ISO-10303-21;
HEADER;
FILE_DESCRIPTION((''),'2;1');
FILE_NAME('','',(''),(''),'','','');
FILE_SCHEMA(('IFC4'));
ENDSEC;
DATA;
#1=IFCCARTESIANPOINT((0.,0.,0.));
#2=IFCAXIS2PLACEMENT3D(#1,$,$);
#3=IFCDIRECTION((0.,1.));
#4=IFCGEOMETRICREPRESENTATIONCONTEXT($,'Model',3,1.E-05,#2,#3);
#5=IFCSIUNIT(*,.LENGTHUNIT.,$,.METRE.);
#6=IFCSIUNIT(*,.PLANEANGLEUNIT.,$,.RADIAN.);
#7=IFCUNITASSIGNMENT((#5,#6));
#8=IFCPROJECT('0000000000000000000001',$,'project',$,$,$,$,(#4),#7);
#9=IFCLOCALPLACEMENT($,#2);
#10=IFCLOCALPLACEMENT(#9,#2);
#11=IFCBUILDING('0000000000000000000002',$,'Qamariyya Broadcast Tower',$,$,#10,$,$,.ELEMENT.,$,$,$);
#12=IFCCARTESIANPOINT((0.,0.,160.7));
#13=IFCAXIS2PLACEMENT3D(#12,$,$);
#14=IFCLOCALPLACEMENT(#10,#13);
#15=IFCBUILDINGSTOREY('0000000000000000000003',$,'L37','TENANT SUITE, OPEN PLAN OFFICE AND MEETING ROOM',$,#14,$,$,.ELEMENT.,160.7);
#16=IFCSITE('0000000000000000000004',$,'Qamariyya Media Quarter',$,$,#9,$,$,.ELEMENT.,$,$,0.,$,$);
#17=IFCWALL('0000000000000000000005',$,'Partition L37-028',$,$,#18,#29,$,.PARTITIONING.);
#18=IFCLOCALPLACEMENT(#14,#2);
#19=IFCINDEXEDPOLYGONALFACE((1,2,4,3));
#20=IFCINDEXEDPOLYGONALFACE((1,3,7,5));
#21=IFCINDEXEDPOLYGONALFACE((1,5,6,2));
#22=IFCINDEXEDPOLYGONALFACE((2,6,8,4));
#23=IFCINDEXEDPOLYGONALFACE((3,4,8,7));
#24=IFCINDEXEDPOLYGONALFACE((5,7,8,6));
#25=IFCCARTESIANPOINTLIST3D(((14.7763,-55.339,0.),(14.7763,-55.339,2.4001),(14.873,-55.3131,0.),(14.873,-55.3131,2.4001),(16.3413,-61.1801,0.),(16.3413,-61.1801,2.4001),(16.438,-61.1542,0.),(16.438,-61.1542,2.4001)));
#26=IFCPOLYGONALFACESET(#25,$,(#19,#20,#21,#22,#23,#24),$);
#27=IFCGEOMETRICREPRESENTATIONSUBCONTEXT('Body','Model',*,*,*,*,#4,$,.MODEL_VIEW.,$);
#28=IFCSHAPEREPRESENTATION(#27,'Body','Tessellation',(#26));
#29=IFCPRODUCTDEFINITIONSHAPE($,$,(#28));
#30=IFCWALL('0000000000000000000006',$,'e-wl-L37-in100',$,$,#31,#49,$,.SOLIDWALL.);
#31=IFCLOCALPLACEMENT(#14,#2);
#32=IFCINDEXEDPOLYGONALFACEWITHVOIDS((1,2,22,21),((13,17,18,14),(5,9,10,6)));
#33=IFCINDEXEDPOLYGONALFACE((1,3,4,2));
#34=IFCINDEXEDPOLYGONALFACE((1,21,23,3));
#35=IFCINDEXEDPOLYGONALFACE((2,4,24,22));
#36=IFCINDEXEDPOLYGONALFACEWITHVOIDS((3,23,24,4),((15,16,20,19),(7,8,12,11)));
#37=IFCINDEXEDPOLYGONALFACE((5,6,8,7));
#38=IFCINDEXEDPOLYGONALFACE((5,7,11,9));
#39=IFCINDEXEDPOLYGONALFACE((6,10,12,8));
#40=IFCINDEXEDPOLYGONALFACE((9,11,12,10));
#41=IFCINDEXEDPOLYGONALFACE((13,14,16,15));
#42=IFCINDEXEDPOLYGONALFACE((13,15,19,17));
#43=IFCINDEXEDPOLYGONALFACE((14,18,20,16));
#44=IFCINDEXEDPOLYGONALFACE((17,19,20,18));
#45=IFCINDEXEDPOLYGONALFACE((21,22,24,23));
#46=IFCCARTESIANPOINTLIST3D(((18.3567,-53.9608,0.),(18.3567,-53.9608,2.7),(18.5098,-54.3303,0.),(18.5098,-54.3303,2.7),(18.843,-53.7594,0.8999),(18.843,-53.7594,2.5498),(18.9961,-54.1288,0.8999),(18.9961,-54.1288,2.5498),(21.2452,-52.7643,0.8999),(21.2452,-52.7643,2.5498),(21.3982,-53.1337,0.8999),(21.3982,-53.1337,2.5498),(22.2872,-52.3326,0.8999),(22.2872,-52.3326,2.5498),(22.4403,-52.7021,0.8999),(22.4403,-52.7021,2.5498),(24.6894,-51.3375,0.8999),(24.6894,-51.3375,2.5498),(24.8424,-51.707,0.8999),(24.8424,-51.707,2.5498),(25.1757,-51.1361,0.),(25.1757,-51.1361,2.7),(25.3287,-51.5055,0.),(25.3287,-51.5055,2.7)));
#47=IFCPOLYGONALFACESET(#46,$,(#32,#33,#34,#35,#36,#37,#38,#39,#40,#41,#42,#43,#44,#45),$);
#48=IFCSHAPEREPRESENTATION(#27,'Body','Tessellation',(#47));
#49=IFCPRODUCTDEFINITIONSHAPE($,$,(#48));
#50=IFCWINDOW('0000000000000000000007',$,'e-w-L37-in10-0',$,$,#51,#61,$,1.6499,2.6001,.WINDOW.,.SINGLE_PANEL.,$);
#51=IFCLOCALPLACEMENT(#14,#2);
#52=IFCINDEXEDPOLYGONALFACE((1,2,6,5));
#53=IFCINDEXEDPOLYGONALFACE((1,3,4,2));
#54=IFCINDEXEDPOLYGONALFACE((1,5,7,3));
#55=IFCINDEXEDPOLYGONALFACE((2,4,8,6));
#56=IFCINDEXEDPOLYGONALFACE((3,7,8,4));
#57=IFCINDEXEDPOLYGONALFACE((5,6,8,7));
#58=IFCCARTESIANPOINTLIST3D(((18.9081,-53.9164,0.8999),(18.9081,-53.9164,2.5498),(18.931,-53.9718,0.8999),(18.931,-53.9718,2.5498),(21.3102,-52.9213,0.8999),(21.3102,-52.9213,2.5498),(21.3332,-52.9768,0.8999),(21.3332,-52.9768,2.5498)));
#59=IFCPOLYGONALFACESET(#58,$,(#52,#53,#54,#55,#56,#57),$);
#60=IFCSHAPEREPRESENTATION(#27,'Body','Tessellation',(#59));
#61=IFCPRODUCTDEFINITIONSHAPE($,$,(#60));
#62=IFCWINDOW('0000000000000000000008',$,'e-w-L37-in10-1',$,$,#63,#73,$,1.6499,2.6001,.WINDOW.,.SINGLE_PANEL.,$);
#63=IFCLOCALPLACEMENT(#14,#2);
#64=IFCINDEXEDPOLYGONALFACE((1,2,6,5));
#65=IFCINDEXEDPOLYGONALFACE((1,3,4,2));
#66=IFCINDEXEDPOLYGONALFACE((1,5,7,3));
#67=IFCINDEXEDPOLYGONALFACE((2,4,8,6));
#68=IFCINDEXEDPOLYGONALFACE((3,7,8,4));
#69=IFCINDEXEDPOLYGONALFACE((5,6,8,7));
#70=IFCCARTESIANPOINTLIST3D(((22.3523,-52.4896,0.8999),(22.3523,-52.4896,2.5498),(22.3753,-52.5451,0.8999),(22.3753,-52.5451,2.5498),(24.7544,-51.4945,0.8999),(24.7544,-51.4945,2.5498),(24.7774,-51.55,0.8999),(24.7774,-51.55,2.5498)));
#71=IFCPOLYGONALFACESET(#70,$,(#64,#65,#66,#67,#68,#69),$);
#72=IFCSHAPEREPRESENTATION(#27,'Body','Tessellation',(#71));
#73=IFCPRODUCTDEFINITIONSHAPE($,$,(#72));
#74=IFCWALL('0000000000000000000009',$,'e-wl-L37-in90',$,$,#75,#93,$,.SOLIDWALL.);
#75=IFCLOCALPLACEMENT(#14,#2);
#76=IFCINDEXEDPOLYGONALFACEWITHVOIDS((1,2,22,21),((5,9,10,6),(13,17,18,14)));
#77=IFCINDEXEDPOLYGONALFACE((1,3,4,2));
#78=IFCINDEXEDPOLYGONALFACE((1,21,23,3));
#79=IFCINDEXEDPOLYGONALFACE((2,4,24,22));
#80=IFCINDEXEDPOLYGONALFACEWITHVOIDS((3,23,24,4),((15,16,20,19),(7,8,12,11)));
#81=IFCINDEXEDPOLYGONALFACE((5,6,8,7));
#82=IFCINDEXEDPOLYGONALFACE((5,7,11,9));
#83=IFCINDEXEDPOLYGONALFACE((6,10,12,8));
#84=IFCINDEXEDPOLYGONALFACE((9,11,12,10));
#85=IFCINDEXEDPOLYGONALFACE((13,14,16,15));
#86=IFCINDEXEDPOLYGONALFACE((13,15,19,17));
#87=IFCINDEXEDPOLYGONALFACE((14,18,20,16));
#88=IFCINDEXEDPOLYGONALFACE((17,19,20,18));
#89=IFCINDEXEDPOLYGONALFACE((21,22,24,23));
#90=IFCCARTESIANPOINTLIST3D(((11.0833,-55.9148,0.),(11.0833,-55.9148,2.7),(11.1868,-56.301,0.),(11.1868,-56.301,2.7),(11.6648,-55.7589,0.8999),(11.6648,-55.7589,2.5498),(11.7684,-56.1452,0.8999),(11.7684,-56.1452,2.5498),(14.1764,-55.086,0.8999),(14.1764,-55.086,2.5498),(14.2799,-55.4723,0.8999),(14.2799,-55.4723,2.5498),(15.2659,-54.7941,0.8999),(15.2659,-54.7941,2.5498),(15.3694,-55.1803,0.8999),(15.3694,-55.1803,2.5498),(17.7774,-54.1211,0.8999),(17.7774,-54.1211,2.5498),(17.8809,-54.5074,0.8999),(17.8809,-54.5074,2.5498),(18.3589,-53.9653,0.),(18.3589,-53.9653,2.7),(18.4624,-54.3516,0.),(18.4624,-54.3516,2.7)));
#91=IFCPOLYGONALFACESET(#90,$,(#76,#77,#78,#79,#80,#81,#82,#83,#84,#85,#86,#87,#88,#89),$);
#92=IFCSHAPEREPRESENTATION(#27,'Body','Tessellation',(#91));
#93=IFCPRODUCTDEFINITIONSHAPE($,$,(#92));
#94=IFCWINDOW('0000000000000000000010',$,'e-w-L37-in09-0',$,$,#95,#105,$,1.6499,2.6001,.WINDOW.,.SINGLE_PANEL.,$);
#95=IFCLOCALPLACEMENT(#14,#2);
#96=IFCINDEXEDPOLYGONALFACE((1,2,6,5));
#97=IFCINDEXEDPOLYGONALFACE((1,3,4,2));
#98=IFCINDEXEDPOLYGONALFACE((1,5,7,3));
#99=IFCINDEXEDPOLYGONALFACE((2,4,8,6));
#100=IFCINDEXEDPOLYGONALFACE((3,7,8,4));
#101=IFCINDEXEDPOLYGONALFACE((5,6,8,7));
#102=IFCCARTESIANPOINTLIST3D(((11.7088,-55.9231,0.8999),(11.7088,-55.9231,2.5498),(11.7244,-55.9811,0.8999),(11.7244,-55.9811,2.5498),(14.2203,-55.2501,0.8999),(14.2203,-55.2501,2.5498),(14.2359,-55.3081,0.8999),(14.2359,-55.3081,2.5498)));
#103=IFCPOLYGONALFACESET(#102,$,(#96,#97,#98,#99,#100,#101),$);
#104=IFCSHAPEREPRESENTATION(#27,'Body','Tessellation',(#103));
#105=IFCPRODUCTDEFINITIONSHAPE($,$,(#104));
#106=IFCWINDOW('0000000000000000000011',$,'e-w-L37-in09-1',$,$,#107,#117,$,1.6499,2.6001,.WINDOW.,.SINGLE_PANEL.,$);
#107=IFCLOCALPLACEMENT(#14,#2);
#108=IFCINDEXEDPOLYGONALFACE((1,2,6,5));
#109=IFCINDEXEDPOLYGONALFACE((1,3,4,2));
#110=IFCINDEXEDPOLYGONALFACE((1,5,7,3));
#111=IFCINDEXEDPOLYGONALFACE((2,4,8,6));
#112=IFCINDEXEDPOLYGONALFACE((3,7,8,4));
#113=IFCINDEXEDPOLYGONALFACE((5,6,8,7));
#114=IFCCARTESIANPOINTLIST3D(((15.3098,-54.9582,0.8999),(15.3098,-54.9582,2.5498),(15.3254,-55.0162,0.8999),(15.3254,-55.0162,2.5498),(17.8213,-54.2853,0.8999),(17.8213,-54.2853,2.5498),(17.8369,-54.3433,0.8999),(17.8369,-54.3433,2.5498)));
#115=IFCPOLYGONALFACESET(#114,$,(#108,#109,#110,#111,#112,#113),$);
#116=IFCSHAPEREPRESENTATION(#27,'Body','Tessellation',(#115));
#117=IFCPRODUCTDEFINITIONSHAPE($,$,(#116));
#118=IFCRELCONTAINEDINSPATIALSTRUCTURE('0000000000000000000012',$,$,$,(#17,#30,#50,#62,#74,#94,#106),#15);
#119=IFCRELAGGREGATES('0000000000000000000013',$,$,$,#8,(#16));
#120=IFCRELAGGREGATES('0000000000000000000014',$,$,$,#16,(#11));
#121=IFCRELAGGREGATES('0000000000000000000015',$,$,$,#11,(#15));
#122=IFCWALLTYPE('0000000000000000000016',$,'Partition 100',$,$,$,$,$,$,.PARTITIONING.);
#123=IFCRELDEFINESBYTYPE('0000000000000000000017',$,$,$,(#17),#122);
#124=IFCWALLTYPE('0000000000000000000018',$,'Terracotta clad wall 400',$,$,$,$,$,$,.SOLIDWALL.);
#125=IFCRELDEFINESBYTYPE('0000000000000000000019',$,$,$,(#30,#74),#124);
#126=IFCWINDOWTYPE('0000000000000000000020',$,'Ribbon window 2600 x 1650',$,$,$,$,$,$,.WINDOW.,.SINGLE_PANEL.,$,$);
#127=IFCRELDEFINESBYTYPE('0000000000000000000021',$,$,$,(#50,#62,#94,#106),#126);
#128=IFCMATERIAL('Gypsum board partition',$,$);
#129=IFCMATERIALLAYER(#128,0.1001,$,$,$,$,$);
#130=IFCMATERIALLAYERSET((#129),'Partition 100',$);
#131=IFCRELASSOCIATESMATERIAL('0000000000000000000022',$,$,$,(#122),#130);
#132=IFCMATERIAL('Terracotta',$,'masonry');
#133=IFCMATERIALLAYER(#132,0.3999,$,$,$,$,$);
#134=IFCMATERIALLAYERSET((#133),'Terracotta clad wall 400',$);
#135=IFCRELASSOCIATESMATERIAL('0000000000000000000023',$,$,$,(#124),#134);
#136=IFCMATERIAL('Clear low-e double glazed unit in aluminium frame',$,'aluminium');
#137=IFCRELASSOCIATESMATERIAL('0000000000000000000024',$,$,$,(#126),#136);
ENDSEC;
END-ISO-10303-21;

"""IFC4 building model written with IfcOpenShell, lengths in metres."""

from ifc_helpers import new_model, si_unit, direction, frame, frame_2d, origin, place, context, subcontext, project, spatial, rectangle, extrude, material, layer, layer_set, type_object, element, fill, save


model = new_model("IFC4")

# Units and contexts
model_context = context("Model", 3, precision=1e-05, world=origin(), true_north=direction((0.0, 1.0)))
body_context = subcontext(model_context, "Body", "Model", "MODEL_VIEW")
ifc_project = project(units=[si_unit("LENGTHUNIT", "METRE"), si_unit("PLANEANGLEUNIT", "RADIAN")], contexts=[model_context])

# Site, building, storey
site_placement = place(None, origin())
site = spatial("IfcSite", under=ifc_project, at=site_placement, Name="Qamariyya Media Quarter", CompositionType="ELEMENT", RefElevation=0.0)
building_placement = place(site_placement, origin())
building = spatial("IfcBuilding", under=site, at=building_placement, Name="Qamariyya Broadcast Tower", CompositionType="ELEMENT")
storey_placement = place(building_placement, frame((0.0, 0.0, 160.7)))
storey = spatial("IfcBuildingStorey", under=building, at=storey_placement, Name="L37", Description="TENANT SUITE, OPEN PLAN OFFICE AND MEETING ROOM", CompositionType="ELEMENT", Elevation=160.7)

# Shared definitions
ifc_material_1 = material(Name="Gypsum board partition")

# Wall
ifc_layer_1 = layer(ifc_material_1, 0.1001)
ifc_layer_set_1 = layer_set([ifc_layer_1], Name="Partition 100")
wall_type_1 = type_object("IfcWallType", Name="Partition 100", PredefinedType="PARTITIONING", material=ifc_layer_set_1)
wall_1_placement = place(storey_placement, frame((14.8247, -55.3262, 0.0), z_axis=(0.0, 0.0, 1.0), x_axis=(0.258793, -0.965933, 0.0)))
element("IfcWall", 1, at=wall_1_placement, inside=storey, type_object=wall_type_1, Name="Partition L37-028", PredefinedType="PARTITIONING", context=body_context, shape_type="SweptSolid", body=[
    extrude(rectangle(XDim=6.0471, YDim=0.1001, at=frame_2d((3.0234, 0.0))), origin(), (0.0, 0.0, 1.0), 2.4001),
])

# Walls, openings, windows
ifc_material_2 = material(Name="Terracotta", Category="masonry")
ifc_layer_2 = layer(ifc_material_2, 0.3999)
ifc_layer_set_2 = layer_set([ifc_layer_2], Name="Terracotta clad wall 400")
wall_type_2 = type_object("IfcWallType", Name="Terracotta clad wall 400", PredefinedType="SOLIDWALL", material=ifc_layer_set_2)
wall_2_placement = place(storey_placement, frame((25.2522, -51.3208, 0.0), z_axis=(0.0, 0.0, 1.0), x_axis=(-0.923868, -0.382712, 0.0)))
wall_2 = element("IfcWall", 2, at=wall_2_placement, inside=storey, type_object=wall_type_2, Name="e-wl-L37-in100", PredefinedType="SOLIDWALL", context=body_context, shape_type="SweptSolid", body=[
    extrude(rectangle(XDim=7.3809, YDim=0.3999, at=frame_2d((3.6904, 0.0))), origin(), (0.0, 0.0, 1.0), 2.7),
])
opening_1_placement = place(wall_2_placement, frame((4.2544, 0.0, 0.8999)))
opening_1 = element("IfcOpeningElement", 3, at=opening_1_placement, cuts=wall_2, PredefinedType="OPENING", context=body_context, shape_type="SweptSolid", body=[
    extrude(rectangle(XDim=2.6001, YDim=1.6499, at=frame_2d((1.3, 0.825))), frame((0.0, 0.21, 0.0), z_axis=(0.0, -1.0, 0.0), x_axis=(1.0, 0.0, 0.0)), (0.0, 0.0, 1.0), 0.4199),
])
opening_2_placement = place(wall_2_placement, frame((0.5264, 0.0, 0.8999)))
opening_2 = element("IfcOpeningElement", 4, at=opening_2_placement, cuts=wall_2, PredefinedType="OPENING", context=body_context, shape_type="SweptSolid", body=[
    extrude(rectangle(XDim=2.6001, YDim=1.6499, at=frame_2d((1.3, 0.825))), frame((0.0, 0.21, 0.0), z_axis=(0.0, -1.0, 0.0), x_axis=(1.0, 0.0, 0.0)), (0.0, 0.0, 1.0), 0.4199),
])
ifc_material_3 = material(Name="Clear low-e double glazed unit in aluminium frame", Category="aluminium")
window_type = type_object("IfcWindowType", Name="Ribbon window 2600 x 1650", PartitioningType="SINGLE_PANEL", PredefinedType="WINDOW", material=ifc_material_3)
window_1_placement = place(opening_1_placement, origin())
window_1 = element("IfcWindow", 5, at=window_1_placement, inside=storey, type_object=window_type, Name="e-w-L37-in10-0", OverallHeight=1.6499, OverallWidth=2.6001, PartitioningType="SINGLE_PANEL", PredefinedType="WINDOW", context=body_context, shape_type="SweptSolid", body=[
    extrude(rectangle(XDim=2.6001, YDim=1.6499, at=frame_2d((1.3, 0.825))), frame((0.0, 0.03, 0.0), z_axis=(0.0, -1.0, 0.0), x_axis=(1.0, 0.0, 0.0)), (0.0, 0.0, 1.0), 0.0601),
])
fill(opening_1, window_1)
window_2_placement = place(opening_2_placement, origin())
window_2 = element("IfcWindow", 6, at=window_2_placement, inside=storey, type_object=window_type, Name="e-w-L37-in10-1", OverallHeight=1.6499, OverallWidth=2.6001, PartitioningType="SINGLE_PANEL", PredefinedType="WINDOW", context=body_context, shape_type="SweptSolid", body=[
    extrude(rectangle(XDim=2.6001, YDim=1.6499, at=frame_2d((1.3, 0.825))), frame((0.0, 0.03, 0.0), z_axis=(0.0, -1.0, 0.0), x_axis=(1.0, 0.0, 0.0)), (0.0, 0.0, 1.0), 0.0601),
])
fill(opening_2, window_2)
wall_3_placement = place(storey_placement, frame((18.4106, -54.1584, 0.0), z_axis=(0.0, 0.0, 1.0), x_axis=(-0.965927, -0.258814, 0.0)))
wall_3 = element("IfcWall", 7, at=wall_3_placement, inside=storey, type_object=wall_type_2, Name="e-wl-L37-in90", PredefinedType="SOLIDWALL", context=body_context, shape_type="SweptSolid", body=[
    extrude(rectangle(XDim=7.5322, YDim=0.3999, at=frame_2d((3.7661, 0.0))), origin(), (0.0, 0.0, 1.0), 2.7),
])
opening_3_placement = place(wall_3_placement, frame((4.3301, 0.0, 0.8999)))
opening_3 = element("IfcOpeningElement", 8, at=opening_3_placement, cuts=wall_3, PredefinedType="OPENING", context=body_context, shape_type="SweptSolid", body=[
    extrude(rectangle(XDim=2.6001, YDim=1.6499, at=frame_2d((1.3, 0.825))), frame((0.0, 0.21, 0.0), z_axis=(0.0, -1.0, 0.0), x_axis=(1.0, 0.0, 0.0)), (0.0, 0.0, 1.0), 0.4199),
])
opening_4_placement = place(wall_3_placement, frame((0.6021, 0.0, 0.8999)))
opening_4 = element("IfcOpeningElement", 9, at=opening_4_placement, cuts=wall_3, PredefinedType="OPENING", context=body_context, shape_type="SweptSolid", body=[
    extrude(rectangle(XDim=2.6001, YDim=1.6499, at=frame_2d((1.3, 0.825))), frame((0.0, 0.21, 0.0), z_axis=(0.0, -1.0, 0.0), x_axis=(1.0, 0.0, 0.0)), (0.0, 0.0, 1.0), 0.4199),
])
window_3_placement = place(opening_3_placement, origin())
window_3 = element("IfcWindow", 10, at=window_3_placement, inside=storey, type_object=window_type, Name="e-w-L37-in09-0", OverallHeight=1.6499, OverallWidth=2.6001, PartitioningType="SINGLE_PANEL", PredefinedType="WINDOW", context=body_context, shape_type="SweptSolid", body=[
    extrude(rectangle(XDim=2.6001, YDim=1.6499, at=frame_2d((1.3, 0.825))), frame((0.0, 0.03, 0.0), z_axis=(0.0, -1.0, 0.0), x_axis=(1.0, 0.0, 0.0)), (0.0, 0.0, 1.0), 0.0601),
])
fill(opening_3, window_3)
window_4_placement = place(opening_4_placement, origin())
window_4 = element("IfcWindow", 11, at=window_4_placement, inside=storey, type_object=window_type, Name="e-w-L37-in09-1", OverallHeight=1.6499, OverallWidth=2.6001, PartitioningType="SINGLE_PANEL", PredefinedType="WINDOW", context=body_context, shape_type="SweptSolid", body=[
    extrude(rectangle(XDim=2.6001, YDim=1.6499, at=frame_2d((1.3, 0.825))), frame((0.0, 0.03, 0.0), z_axis=(0.0, -1.0, 0.0), x_axis=(1.0, 0.0, 0.0)), (0.0, 0.0, 1.0), 0.0601),
])
fill(opening_4, window_4)

save(model, "model.ifc")
